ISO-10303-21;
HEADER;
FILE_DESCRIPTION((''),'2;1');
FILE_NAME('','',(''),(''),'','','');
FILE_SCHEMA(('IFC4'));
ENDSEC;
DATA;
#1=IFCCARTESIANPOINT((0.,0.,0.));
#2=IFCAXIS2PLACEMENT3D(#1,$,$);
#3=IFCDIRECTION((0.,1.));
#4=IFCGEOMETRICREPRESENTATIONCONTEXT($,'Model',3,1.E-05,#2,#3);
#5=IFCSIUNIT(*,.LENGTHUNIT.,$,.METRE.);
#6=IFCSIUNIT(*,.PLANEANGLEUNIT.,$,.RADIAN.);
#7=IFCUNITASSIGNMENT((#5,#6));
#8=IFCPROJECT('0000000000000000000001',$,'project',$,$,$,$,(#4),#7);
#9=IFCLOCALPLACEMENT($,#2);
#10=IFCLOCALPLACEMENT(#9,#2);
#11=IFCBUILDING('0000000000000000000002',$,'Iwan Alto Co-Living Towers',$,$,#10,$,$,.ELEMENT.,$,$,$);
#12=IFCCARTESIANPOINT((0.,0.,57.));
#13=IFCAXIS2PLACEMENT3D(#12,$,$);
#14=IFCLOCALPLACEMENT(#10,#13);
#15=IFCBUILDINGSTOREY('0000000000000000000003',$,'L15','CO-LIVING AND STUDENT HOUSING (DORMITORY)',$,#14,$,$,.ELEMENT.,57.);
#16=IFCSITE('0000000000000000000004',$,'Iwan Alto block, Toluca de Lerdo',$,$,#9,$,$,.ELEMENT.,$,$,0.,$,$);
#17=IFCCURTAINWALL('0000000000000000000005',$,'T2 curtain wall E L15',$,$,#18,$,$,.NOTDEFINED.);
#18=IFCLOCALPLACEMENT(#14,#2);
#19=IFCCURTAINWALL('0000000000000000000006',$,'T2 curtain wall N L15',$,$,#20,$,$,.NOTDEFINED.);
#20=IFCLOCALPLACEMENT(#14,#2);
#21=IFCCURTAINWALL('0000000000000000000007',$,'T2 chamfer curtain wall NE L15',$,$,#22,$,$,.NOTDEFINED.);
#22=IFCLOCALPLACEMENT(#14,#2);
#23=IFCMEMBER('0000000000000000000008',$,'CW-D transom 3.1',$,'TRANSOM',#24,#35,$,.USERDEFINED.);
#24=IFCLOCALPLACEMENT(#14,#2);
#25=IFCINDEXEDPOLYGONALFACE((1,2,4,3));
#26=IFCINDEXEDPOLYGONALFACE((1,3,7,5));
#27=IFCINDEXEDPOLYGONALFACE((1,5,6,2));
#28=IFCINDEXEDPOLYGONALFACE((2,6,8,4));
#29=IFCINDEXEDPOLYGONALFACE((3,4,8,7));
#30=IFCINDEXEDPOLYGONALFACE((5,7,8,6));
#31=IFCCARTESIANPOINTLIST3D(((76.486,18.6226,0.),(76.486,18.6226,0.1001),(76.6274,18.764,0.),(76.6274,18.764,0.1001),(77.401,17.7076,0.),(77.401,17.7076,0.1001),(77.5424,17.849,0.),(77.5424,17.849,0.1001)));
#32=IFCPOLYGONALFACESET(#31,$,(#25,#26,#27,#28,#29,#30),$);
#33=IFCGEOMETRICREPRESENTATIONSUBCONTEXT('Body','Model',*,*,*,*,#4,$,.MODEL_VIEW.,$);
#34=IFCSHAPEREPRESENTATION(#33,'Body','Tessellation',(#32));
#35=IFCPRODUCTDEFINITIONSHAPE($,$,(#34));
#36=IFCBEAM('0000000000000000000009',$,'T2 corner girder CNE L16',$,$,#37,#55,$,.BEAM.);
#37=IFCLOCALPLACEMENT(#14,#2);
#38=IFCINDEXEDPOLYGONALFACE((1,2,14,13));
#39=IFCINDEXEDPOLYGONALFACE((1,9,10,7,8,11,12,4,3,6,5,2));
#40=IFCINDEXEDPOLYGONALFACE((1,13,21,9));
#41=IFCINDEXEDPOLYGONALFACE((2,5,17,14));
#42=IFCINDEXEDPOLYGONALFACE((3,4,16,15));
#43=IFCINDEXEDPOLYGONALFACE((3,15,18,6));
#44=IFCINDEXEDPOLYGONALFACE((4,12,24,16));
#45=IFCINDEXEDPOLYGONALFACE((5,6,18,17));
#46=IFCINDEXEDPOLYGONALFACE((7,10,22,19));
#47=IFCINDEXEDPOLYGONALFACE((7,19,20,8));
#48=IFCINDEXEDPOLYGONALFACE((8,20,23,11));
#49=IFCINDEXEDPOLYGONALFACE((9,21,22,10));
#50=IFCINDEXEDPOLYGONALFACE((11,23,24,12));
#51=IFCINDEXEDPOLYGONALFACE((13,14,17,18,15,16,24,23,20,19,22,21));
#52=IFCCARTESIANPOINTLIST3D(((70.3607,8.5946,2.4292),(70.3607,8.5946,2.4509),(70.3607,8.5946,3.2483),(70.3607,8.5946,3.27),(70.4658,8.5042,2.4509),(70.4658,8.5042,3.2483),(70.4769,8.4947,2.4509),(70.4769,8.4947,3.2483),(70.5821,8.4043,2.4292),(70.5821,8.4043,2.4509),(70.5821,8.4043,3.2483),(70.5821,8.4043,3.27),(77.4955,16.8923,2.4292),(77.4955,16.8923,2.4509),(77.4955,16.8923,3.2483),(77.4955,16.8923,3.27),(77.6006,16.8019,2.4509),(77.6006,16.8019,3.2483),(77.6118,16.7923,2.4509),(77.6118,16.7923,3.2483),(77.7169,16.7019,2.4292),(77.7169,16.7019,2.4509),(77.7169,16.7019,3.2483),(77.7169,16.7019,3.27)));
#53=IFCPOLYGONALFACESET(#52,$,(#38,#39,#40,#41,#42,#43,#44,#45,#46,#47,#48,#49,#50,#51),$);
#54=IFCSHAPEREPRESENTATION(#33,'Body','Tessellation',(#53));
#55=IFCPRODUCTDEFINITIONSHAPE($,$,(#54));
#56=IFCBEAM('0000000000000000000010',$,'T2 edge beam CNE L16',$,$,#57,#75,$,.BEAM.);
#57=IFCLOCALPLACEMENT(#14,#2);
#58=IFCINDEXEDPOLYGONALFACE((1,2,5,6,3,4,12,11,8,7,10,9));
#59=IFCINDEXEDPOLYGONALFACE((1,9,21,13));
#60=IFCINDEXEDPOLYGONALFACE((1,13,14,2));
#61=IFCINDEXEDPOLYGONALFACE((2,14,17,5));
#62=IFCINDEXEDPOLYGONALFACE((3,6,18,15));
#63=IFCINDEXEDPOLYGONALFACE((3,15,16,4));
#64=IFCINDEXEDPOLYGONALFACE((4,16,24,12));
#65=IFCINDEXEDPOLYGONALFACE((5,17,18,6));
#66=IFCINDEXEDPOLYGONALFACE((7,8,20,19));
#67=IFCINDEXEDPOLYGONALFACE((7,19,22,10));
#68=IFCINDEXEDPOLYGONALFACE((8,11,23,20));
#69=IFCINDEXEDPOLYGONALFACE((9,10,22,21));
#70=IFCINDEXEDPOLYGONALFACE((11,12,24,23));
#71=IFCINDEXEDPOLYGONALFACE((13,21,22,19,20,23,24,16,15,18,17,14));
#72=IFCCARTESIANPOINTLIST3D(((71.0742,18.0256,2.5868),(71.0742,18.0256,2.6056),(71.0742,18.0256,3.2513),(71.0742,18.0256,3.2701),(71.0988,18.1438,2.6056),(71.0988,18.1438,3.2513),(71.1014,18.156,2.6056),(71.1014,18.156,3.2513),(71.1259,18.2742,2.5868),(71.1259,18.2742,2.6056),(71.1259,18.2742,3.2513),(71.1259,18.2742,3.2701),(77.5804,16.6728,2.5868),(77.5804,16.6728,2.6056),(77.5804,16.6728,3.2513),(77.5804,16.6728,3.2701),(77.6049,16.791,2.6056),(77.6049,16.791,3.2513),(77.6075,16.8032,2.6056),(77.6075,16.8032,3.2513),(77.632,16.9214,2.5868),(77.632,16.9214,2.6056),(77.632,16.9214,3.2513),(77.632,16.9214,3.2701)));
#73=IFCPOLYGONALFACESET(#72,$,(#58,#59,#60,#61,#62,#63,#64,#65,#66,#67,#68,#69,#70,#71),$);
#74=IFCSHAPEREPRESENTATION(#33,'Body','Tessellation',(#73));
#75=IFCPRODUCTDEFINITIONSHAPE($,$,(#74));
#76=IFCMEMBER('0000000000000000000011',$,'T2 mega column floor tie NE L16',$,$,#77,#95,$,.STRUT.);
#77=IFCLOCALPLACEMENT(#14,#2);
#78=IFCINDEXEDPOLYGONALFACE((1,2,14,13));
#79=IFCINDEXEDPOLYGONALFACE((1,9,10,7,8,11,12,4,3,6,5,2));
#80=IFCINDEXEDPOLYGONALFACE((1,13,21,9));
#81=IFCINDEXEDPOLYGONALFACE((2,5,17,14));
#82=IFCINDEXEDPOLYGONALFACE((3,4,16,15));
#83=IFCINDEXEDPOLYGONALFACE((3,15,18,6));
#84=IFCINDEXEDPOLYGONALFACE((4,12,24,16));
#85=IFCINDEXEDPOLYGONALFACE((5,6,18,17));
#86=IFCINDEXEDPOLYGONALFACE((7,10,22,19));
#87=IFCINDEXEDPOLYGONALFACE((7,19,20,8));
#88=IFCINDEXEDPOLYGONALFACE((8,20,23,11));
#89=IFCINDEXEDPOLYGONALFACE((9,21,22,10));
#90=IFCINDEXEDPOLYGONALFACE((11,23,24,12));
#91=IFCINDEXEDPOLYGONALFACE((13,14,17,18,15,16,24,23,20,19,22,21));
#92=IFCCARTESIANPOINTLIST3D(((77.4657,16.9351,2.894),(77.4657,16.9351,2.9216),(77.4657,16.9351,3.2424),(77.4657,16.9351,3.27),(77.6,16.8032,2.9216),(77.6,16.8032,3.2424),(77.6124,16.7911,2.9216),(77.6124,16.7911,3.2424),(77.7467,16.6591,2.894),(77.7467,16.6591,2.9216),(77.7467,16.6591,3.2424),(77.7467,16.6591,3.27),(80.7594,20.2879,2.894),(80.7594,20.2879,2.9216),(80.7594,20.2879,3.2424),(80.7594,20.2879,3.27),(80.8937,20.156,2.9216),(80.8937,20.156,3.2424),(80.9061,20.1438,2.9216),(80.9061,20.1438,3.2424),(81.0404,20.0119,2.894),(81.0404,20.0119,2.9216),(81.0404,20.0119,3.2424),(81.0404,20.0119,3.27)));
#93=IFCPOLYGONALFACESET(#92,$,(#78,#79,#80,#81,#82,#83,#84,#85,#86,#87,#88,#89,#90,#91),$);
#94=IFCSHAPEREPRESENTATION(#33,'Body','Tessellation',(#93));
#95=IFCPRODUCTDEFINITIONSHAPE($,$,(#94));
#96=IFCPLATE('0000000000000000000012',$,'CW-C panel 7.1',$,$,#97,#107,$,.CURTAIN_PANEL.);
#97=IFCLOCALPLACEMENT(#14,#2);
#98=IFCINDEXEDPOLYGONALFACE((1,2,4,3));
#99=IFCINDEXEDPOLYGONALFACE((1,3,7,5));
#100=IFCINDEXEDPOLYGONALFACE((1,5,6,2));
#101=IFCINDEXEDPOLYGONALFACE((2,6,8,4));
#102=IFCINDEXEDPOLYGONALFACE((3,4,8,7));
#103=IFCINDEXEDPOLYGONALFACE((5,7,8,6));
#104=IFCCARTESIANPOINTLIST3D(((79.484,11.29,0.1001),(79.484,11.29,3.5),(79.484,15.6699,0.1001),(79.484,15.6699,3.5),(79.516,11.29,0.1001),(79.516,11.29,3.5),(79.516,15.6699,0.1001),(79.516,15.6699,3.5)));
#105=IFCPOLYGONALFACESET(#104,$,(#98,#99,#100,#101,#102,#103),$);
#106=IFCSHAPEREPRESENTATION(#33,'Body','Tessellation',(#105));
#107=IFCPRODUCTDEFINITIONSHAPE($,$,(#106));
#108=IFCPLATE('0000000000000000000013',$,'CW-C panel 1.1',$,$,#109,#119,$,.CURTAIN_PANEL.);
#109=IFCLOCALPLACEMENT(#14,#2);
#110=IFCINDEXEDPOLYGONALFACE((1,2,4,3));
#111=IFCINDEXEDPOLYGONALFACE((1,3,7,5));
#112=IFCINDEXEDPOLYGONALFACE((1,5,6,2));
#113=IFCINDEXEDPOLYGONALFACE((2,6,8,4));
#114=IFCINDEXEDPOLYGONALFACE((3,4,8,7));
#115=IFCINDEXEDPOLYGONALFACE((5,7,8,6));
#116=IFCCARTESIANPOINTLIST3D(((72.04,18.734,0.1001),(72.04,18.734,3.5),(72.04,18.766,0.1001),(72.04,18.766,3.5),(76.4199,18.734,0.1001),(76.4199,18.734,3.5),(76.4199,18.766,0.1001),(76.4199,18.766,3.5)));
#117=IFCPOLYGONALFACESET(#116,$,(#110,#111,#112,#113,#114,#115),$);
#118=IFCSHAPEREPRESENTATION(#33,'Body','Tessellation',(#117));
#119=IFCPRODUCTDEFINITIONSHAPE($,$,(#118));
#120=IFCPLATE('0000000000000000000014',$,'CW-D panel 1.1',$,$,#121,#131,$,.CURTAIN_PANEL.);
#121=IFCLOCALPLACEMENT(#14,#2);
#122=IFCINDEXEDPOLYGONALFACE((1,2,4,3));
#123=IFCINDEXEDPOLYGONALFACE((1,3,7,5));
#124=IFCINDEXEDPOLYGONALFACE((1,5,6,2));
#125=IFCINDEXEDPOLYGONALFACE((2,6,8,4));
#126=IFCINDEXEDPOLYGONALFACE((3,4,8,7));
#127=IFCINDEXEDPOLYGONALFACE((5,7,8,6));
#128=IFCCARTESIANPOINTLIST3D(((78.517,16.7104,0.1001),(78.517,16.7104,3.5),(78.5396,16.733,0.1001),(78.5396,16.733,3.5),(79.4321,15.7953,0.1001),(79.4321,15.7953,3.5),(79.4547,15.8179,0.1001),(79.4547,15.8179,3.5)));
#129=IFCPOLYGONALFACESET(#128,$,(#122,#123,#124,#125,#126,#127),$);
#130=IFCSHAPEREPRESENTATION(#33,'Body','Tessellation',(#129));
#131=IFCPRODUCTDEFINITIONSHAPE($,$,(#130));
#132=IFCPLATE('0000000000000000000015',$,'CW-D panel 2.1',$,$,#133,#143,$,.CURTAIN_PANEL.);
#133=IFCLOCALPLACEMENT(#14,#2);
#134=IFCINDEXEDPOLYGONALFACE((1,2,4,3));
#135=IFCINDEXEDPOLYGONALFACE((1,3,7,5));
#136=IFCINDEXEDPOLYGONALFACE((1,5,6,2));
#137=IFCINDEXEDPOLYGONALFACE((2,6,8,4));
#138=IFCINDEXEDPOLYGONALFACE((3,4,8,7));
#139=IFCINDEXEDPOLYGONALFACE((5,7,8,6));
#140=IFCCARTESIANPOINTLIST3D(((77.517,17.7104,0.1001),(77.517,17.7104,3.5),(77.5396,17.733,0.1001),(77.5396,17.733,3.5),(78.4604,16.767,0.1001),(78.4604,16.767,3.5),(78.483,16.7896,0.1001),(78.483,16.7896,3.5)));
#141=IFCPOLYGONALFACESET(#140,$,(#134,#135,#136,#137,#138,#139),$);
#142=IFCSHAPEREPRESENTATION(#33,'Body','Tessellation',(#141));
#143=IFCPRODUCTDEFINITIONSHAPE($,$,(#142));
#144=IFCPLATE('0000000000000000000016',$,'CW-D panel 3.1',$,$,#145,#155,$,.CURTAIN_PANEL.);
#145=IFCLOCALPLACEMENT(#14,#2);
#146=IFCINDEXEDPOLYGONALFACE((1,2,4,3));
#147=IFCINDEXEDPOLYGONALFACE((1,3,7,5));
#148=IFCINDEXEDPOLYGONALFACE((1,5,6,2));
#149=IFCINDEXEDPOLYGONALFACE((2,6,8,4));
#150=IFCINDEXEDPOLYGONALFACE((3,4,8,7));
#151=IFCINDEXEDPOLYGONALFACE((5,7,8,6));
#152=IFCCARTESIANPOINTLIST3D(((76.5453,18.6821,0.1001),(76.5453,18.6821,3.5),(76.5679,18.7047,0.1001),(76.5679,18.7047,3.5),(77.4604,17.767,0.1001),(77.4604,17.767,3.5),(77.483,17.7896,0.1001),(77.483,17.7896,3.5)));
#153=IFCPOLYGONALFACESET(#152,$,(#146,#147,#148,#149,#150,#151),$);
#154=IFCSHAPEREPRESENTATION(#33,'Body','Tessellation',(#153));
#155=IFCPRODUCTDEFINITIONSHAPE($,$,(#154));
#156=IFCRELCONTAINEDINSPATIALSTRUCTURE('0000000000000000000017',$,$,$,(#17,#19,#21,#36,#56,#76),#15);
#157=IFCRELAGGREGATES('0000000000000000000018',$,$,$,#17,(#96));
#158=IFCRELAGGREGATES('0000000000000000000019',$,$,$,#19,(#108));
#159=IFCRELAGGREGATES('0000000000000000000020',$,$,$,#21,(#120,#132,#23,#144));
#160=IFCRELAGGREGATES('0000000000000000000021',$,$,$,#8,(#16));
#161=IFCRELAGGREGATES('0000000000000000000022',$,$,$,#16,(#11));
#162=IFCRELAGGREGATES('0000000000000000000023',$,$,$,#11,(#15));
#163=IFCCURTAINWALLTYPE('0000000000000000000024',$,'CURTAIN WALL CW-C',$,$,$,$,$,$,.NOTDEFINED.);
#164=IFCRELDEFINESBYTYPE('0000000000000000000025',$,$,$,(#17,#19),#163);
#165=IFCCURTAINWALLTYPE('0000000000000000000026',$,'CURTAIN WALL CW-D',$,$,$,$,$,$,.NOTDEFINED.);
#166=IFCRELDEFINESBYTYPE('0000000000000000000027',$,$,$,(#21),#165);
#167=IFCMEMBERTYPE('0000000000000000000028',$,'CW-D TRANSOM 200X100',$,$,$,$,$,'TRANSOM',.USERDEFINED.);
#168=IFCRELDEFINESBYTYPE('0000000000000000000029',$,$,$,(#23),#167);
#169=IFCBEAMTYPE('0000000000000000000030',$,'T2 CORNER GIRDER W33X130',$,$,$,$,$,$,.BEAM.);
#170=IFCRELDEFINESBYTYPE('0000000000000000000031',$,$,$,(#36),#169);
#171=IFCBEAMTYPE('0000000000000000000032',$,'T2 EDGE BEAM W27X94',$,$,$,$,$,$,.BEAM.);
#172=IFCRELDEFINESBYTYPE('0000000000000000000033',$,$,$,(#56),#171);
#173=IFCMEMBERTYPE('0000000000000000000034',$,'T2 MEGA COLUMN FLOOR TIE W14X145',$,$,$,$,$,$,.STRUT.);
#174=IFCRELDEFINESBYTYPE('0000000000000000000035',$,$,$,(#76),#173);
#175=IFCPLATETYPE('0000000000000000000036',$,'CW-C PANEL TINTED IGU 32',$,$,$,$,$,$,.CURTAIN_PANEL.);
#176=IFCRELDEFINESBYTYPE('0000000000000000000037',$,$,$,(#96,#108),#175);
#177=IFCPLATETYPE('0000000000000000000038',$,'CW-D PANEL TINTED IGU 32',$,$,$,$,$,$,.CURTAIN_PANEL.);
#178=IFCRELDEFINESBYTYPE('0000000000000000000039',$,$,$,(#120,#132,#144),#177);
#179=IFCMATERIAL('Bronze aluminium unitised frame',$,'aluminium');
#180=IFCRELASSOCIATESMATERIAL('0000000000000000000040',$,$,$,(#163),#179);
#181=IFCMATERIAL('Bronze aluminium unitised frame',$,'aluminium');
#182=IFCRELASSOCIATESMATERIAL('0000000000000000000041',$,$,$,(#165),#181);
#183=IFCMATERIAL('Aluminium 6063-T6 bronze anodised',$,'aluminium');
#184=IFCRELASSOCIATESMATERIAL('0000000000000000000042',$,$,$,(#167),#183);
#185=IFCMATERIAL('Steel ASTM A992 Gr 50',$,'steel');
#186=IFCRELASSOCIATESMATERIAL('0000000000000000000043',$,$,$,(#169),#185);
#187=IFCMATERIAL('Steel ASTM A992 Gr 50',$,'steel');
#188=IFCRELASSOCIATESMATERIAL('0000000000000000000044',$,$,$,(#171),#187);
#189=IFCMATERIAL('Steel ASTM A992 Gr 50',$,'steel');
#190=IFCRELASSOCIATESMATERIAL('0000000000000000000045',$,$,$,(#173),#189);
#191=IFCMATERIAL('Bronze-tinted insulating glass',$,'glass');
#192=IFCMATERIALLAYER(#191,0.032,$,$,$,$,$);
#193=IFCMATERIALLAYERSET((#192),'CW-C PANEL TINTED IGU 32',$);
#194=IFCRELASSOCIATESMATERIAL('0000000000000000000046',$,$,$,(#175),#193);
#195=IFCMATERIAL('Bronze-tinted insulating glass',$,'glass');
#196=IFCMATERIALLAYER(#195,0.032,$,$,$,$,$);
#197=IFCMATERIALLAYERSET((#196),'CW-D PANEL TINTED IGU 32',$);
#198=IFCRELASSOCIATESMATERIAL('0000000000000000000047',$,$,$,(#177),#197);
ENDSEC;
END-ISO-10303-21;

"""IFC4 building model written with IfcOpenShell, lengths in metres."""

from ifc_helpers import new_model, si_unit, direction, frame, origin, origin_2d, place, context, subcontext, project, spatial, rectangle, i_section, extrude, material, layer, layer_set, material_profile, profile_set, type_object, element, aggregate, save


model = new_model("IFC4")

# Units and contexts
model_context = context("Model", 3, precision=1e-05, world=origin(), true_north=direction((0.0, 1.0)))
body_context = subcontext(model_context, "Body", "Model", "MODEL_VIEW")
ifc_project = project(units=[si_unit("LENGTHUNIT", "METRE"), si_unit("PLANEANGLEUNIT", "RADIAN")], contexts=[model_context])

# Site, building, storey
site_placement = place(None, origin())
site = spatial("IfcSite", under=ifc_project, at=site_placement, Name="Iwan Alto block, Toluca de Lerdo", CompositionType="ELEMENT", RefElevation=0.0)
building_placement = place(site_placement, origin())
building = spatial("IfcBuilding", under=site, at=building_placement, Name="Iwan Alto Co-Living Towers", CompositionType="ELEMENT")
storey_placement = place(building_placement, frame((0.0, 0.0, 57.0)))
storey = spatial("IfcBuildingStorey", under=building, at=storey_placement, Name="L15", Description="CO-LIVING AND STUDENT HOUSING (DORMITORY)", CompositionType="ELEMENT", Elevation=57.0)

# Curtain wall
ifc_material_1 = material(Name="Bronze aluminium unitised frame", Category="aluminium")
curtain_wall_type_1 = type_object("IfcCurtainWallType", Name="CURTAIN WALL CW-C", PredefinedType="NOTDEFINED", material=ifc_material_1)
curtain_wall_1_placement = place(storey_placement, origin())
curtain_wall_1 = element("IfcCurtainWall", 1, at=curtain_wall_1_placement, inside=storey, type_object=curtain_wall_type_1, Name="T2 curtain wall E L15", PredefinedType="NOTDEFINED")

# Curtain walls, member
curtain_wall_2_placement = place(storey_placement, origin())
curtain_wall_2 = element("IfcCurtainWall", 2, at=curtain_wall_2_placement, inside=storey, type_object=curtain_wall_type_1, Name="T2 curtain wall N L15", PredefinedType="NOTDEFINED")
ifc_material_2 = material(Name="Bronze aluminium unitised frame", Category="aluminium")
curtain_wall_type_2 = type_object("IfcCurtainWallType", Name="CURTAIN WALL CW-D", PredefinedType="NOTDEFINED", material=ifc_material_2)
curtain_wall_3_placement = place(storey_placement, origin())
curtain_wall_3 = element("IfcCurtainWall", 3, at=curtain_wall_3_placement, inside=storey, type_object=curtain_wall_type_2, Name="T2 chamfer curtain wall NE L15", PredefinedType="NOTDEFINED")
ifc_material_3 = material(Name="Aluminium 6063-T6 bronze anodised", Category="aluminium")
ifc_material_profile_1 = material_profile(ifc_material_3, rectangle(XDim=0.2, YDim=0.1001, at=origin_2d()), Name="AL 200X100")
ifc_profile_set_1 = profile_set([ifc_material_profile_1], Name="Aluminium 6063-T6 bronze anodised")
member_type_1 = type_object("IfcMemberType", Name="CW-D TRANSOM 200X100", ElementType="TRANSOM", PredefinedType="USERDEFINED", material=ifc_profile_set_1)
member_1_placement = place(storey_placement, frame((77.4717, 17.7783, 0.05), z_axis=(-0.707107, 0.707107, 0.0), x_axis=(-0.707107, -0.707107, 0.0)))
member_1 = element("IfcMember", 4, at=member_1_placement, type_object=member_type_1, Name="CW-D transom 3.1", ObjectType="TRANSOM", PredefinedType="USERDEFINED", context=body_context, shape_type="SweptSolid", body=[
    extrude(rectangle(XDim=0.2, YDim=0.1001, at=origin_2d()), origin(), (0.0, 0.0, 1.0), 1.2939),
])

# Beams
ifc_material_4 = material(Name="Steel ASTM A992 Gr 50", Category="steel")
ifc_material_profile_2 = material_profile(ifc_material_4, i_section(OverallWidth=0.292, OverallDepth=0.8408, WebThickness=0.0146, FlangeThickness=0.0217, at=origin_2d()), Name="W33X130")
ifc_profile_set_2 = profile_set([ifc_material_profile_2], Name="Steel ASTM A992 Gr 50")
beam_type_1 = type_object("IfcBeamType", Name="T2 CORNER GIRDER W33X130", PredefinedType="BEAM", material=ifc_profile_set_2)
beam_1_placement = place(storey_placement, frame((77.6062, 16.7971, 2.8496), z_axis=(-0.651977, -0.758238, 0.0), x_axis=(0.758238, -0.651977, 0.0)))
element("IfcBeam", 5, at=beam_1_placement, inside=storey, type_object=beam_type_1, Name="T2 corner girder CNE L16", PredefinedType="BEAM", context=body_context, shape_type="SweptSolid", body=[
    extrude(i_section(OverallWidth=0.292, OverallDepth=0.8408, WebThickness=0.0146, FlangeThickness=0.0217, at=origin_2d()), origin(), (0.0, 0.0, 1.0), 10.9434),
])
ifc_material_5 = material(Name="Steel ASTM A992 Gr 50", Category="steel")
ifc_material_profile_3 = material_profile(ifc_material_5, i_section(OverallWidth=0.2539, OverallDepth=0.6833, WebThickness=0.0125, FlangeThickness=0.0188, at=origin_2d()), Name="W27X94")
ifc_profile_set_3 = profile_set([ifc_material_profile_3], Name="Steel ASTM A992 Gr 50")
beam_type_2 = type_object("IfcBeamType", Name="T2 EDGE BEAM W27X94", PredefinedType="BEAM", material=ifc_profile_set_3)
beam_2_placement = place(storey_placement, frame((77.6062, 16.7971, 2.9285), z_axis=(-0.97906, 0.203571, 0.0), x_axis=(-0.203571, -0.97906, 0.0)))
element("IfcBeam", 6, at=beam_2_placement, inside=storey, type_object=beam_type_2, Name="T2 edge beam CNE L16", PredefinedType="BEAM", context=body_context, shape_type="SweptSolid", body=[
    extrude(i_section(OverallWidth=0.2539, OverallDepth=0.6833, WebThickness=0.0125, FlangeThickness=0.0188, at=origin_2d()), origin(), (0.0, 0.0, 1.0), 6.6453),
])

# Member
ifc_material_6 = material(Name="Steel ASTM A992 Gr 50", Category="steel")
ifc_material_profile_4 = material_profile(ifc_material_6, i_section(OverallWidth=0.3938, OverallDepth=0.376, WebThickness=0.0173, FlangeThickness=0.0276, at=origin_2d()), Name="W14X145")
ifc_profile_set_4 = profile_set([ifc_material_profile_4], Name="Steel ASTM A992 Gr 50")
member_type_2 = type_object("IfcMemberType", Name="T2 MEGA COLUMN FLOOR TIE W14X145", PredefinedType="STRUT", material=ifc_profile_set_4)
member_2_placement = place(storey_placement, frame((80.8999, 20.1499, 3.082), z_axis=(-0.700793, -0.713364, 0.0), x_axis=(0.713364, -0.700793, 0.0)))
element("IfcMember", 7, at=member_2_placement, inside=storey, type_object=member_type_2, Name="T2 mega column floor tie NE L16", PredefinedType="STRUT", context=body_context, shape_type="SweptSolid", body=[
    extrude(i_section(OverallWidth=0.3938, OverallDepth=0.376, WebThickness=0.0173, FlangeThickness=0.0276, at=origin_2d()), origin(), (0.0, 0.0, 1.0), 4.7),
])

# Plates
ifc_material_7 = material(Name="Bronze-tinted insulating glass", Category="glass")
ifc_layer_1 = layer(ifc_material_7, 0.032)
ifc_layer_set_1 = layer_set([ifc_layer_1], Name="CW-C PANEL TINTED IGU 32")
plate_type_1 = type_object("IfcPlateType", Name="CW-C PANEL TINTED IGU 32", PredefinedType="CURTAIN_PANEL", material=ifc_layer_set_1)
plate_1_placement = place(storey_placement, frame((79.5, 13.48, 0.1001), z_axis=(0.0, 0.0, 1.0), x_axis=(0.0, 1.0, 0.0)))
plate_1 = element("IfcPlate", 8, at=plate_1_placement, type_object=plate_type_1, Name="CW-C panel 7.1", PredefinedType="CURTAIN_PANEL", context=body_context, shape_type="SweptSolid", body=[
    extrude(rectangle(XDim=4.3799, YDim=0.032, at=origin_2d()), origin(), (0.0, 0.0, 1.0), 3.3999),
])
aggregate(curtain_wall_1, [plate_1])
plate_2_placement = place(storey_placement, frame((74.23, 18.75, 0.1001), z_axis=(0.0, 0.0, 1.0), x_axis=(-1.0, 0.0, 0.0)))
plate_2 = element("IfcPlate", 9, at=plate_2_placement, type_object=plate_type_1, Name="CW-C panel 1.1", PredefinedType="CURTAIN_PANEL", context=body_context, shape_type="SweptSolid", body=[
    extrude(rectangle(XDim=4.3799, YDim=0.032, at=origin_2d()), origin(), (0.0, 0.0, 1.0), 3.3999),
])
aggregate(curtain_wall_2, [plate_2])
ifc_material_8 = material(Name="Bronze-tinted insulating glass", Category="glass")
ifc_layer_2 = layer(ifc_material_8, 0.032)
ifc_layer_set_2 = layer_set([ifc_layer_2], Name="CW-D PANEL TINTED IGU 32")
plate_type_2 = type_object("IfcPlateType", Name="CW-D PANEL TINTED IGU 32", PredefinedType="CURTAIN_PANEL", material=ifc_layer_set_2)
plate_3_placement = place(storey_placement, frame((78.9858, 16.2642, 0.1001), z_axis=(0.0, 0.0, 1.0), x_axis=(-0.707107, 0.707107, 0.0)))
plate_3 = element("IfcPlate", 10, at=plate_3_placement, type_object=plate_type_2, Name="CW-D panel 1.1", PredefinedType="CURTAIN_PANEL", context=body_context, shape_type="SweptSolid", body=[
    extrude(rectangle(XDim=1.2942, YDim=0.032, at=origin_2d()), origin(), (0.0, 0.0, 1.0), 3.3999),
])
plate_4_placement = place(storey_placement, frame((78.0, 17.25, 0.1001), z_axis=(0.0, 0.0, 1.0), x_axis=(-0.707107, 0.707107, 0.0)))
plate_4 = element("IfcPlate", 11, at=plate_4_placement, type_object=plate_type_2, Name="CW-D panel 2.1", PredefinedType="CURTAIN_PANEL", context=body_context, shape_type="SweptSolid", body=[
    extrude(rectangle(XDim=1.3342, YDim=0.032, at=origin_2d()), origin(), (0.0, 0.0, 1.0), 3.3999),
])
plate_5_placement = place(storey_placement, frame((77.0142, 18.2358, 0.1001), z_axis=(0.0, 0.0, 1.0), x_axis=(-0.707107, 0.707107, 0.0)))
plate_5 = element("IfcPlate", 12, at=plate_5_placement, type_object=plate_type_2, Name="CW-D panel 3.1", PredefinedType="CURTAIN_PANEL", context=body_context, shape_type="SweptSolid", body=[
    extrude(rectangle(XDim=1.2942, YDim=0.032, at=origin_2d()), origin(), (0.0, 0.0, 1.0), 3.3999),
])
aggregate(curtain_wall_3, [plate_3, plate_4, member_1, plate_5])

save(model, "model.ifc")
